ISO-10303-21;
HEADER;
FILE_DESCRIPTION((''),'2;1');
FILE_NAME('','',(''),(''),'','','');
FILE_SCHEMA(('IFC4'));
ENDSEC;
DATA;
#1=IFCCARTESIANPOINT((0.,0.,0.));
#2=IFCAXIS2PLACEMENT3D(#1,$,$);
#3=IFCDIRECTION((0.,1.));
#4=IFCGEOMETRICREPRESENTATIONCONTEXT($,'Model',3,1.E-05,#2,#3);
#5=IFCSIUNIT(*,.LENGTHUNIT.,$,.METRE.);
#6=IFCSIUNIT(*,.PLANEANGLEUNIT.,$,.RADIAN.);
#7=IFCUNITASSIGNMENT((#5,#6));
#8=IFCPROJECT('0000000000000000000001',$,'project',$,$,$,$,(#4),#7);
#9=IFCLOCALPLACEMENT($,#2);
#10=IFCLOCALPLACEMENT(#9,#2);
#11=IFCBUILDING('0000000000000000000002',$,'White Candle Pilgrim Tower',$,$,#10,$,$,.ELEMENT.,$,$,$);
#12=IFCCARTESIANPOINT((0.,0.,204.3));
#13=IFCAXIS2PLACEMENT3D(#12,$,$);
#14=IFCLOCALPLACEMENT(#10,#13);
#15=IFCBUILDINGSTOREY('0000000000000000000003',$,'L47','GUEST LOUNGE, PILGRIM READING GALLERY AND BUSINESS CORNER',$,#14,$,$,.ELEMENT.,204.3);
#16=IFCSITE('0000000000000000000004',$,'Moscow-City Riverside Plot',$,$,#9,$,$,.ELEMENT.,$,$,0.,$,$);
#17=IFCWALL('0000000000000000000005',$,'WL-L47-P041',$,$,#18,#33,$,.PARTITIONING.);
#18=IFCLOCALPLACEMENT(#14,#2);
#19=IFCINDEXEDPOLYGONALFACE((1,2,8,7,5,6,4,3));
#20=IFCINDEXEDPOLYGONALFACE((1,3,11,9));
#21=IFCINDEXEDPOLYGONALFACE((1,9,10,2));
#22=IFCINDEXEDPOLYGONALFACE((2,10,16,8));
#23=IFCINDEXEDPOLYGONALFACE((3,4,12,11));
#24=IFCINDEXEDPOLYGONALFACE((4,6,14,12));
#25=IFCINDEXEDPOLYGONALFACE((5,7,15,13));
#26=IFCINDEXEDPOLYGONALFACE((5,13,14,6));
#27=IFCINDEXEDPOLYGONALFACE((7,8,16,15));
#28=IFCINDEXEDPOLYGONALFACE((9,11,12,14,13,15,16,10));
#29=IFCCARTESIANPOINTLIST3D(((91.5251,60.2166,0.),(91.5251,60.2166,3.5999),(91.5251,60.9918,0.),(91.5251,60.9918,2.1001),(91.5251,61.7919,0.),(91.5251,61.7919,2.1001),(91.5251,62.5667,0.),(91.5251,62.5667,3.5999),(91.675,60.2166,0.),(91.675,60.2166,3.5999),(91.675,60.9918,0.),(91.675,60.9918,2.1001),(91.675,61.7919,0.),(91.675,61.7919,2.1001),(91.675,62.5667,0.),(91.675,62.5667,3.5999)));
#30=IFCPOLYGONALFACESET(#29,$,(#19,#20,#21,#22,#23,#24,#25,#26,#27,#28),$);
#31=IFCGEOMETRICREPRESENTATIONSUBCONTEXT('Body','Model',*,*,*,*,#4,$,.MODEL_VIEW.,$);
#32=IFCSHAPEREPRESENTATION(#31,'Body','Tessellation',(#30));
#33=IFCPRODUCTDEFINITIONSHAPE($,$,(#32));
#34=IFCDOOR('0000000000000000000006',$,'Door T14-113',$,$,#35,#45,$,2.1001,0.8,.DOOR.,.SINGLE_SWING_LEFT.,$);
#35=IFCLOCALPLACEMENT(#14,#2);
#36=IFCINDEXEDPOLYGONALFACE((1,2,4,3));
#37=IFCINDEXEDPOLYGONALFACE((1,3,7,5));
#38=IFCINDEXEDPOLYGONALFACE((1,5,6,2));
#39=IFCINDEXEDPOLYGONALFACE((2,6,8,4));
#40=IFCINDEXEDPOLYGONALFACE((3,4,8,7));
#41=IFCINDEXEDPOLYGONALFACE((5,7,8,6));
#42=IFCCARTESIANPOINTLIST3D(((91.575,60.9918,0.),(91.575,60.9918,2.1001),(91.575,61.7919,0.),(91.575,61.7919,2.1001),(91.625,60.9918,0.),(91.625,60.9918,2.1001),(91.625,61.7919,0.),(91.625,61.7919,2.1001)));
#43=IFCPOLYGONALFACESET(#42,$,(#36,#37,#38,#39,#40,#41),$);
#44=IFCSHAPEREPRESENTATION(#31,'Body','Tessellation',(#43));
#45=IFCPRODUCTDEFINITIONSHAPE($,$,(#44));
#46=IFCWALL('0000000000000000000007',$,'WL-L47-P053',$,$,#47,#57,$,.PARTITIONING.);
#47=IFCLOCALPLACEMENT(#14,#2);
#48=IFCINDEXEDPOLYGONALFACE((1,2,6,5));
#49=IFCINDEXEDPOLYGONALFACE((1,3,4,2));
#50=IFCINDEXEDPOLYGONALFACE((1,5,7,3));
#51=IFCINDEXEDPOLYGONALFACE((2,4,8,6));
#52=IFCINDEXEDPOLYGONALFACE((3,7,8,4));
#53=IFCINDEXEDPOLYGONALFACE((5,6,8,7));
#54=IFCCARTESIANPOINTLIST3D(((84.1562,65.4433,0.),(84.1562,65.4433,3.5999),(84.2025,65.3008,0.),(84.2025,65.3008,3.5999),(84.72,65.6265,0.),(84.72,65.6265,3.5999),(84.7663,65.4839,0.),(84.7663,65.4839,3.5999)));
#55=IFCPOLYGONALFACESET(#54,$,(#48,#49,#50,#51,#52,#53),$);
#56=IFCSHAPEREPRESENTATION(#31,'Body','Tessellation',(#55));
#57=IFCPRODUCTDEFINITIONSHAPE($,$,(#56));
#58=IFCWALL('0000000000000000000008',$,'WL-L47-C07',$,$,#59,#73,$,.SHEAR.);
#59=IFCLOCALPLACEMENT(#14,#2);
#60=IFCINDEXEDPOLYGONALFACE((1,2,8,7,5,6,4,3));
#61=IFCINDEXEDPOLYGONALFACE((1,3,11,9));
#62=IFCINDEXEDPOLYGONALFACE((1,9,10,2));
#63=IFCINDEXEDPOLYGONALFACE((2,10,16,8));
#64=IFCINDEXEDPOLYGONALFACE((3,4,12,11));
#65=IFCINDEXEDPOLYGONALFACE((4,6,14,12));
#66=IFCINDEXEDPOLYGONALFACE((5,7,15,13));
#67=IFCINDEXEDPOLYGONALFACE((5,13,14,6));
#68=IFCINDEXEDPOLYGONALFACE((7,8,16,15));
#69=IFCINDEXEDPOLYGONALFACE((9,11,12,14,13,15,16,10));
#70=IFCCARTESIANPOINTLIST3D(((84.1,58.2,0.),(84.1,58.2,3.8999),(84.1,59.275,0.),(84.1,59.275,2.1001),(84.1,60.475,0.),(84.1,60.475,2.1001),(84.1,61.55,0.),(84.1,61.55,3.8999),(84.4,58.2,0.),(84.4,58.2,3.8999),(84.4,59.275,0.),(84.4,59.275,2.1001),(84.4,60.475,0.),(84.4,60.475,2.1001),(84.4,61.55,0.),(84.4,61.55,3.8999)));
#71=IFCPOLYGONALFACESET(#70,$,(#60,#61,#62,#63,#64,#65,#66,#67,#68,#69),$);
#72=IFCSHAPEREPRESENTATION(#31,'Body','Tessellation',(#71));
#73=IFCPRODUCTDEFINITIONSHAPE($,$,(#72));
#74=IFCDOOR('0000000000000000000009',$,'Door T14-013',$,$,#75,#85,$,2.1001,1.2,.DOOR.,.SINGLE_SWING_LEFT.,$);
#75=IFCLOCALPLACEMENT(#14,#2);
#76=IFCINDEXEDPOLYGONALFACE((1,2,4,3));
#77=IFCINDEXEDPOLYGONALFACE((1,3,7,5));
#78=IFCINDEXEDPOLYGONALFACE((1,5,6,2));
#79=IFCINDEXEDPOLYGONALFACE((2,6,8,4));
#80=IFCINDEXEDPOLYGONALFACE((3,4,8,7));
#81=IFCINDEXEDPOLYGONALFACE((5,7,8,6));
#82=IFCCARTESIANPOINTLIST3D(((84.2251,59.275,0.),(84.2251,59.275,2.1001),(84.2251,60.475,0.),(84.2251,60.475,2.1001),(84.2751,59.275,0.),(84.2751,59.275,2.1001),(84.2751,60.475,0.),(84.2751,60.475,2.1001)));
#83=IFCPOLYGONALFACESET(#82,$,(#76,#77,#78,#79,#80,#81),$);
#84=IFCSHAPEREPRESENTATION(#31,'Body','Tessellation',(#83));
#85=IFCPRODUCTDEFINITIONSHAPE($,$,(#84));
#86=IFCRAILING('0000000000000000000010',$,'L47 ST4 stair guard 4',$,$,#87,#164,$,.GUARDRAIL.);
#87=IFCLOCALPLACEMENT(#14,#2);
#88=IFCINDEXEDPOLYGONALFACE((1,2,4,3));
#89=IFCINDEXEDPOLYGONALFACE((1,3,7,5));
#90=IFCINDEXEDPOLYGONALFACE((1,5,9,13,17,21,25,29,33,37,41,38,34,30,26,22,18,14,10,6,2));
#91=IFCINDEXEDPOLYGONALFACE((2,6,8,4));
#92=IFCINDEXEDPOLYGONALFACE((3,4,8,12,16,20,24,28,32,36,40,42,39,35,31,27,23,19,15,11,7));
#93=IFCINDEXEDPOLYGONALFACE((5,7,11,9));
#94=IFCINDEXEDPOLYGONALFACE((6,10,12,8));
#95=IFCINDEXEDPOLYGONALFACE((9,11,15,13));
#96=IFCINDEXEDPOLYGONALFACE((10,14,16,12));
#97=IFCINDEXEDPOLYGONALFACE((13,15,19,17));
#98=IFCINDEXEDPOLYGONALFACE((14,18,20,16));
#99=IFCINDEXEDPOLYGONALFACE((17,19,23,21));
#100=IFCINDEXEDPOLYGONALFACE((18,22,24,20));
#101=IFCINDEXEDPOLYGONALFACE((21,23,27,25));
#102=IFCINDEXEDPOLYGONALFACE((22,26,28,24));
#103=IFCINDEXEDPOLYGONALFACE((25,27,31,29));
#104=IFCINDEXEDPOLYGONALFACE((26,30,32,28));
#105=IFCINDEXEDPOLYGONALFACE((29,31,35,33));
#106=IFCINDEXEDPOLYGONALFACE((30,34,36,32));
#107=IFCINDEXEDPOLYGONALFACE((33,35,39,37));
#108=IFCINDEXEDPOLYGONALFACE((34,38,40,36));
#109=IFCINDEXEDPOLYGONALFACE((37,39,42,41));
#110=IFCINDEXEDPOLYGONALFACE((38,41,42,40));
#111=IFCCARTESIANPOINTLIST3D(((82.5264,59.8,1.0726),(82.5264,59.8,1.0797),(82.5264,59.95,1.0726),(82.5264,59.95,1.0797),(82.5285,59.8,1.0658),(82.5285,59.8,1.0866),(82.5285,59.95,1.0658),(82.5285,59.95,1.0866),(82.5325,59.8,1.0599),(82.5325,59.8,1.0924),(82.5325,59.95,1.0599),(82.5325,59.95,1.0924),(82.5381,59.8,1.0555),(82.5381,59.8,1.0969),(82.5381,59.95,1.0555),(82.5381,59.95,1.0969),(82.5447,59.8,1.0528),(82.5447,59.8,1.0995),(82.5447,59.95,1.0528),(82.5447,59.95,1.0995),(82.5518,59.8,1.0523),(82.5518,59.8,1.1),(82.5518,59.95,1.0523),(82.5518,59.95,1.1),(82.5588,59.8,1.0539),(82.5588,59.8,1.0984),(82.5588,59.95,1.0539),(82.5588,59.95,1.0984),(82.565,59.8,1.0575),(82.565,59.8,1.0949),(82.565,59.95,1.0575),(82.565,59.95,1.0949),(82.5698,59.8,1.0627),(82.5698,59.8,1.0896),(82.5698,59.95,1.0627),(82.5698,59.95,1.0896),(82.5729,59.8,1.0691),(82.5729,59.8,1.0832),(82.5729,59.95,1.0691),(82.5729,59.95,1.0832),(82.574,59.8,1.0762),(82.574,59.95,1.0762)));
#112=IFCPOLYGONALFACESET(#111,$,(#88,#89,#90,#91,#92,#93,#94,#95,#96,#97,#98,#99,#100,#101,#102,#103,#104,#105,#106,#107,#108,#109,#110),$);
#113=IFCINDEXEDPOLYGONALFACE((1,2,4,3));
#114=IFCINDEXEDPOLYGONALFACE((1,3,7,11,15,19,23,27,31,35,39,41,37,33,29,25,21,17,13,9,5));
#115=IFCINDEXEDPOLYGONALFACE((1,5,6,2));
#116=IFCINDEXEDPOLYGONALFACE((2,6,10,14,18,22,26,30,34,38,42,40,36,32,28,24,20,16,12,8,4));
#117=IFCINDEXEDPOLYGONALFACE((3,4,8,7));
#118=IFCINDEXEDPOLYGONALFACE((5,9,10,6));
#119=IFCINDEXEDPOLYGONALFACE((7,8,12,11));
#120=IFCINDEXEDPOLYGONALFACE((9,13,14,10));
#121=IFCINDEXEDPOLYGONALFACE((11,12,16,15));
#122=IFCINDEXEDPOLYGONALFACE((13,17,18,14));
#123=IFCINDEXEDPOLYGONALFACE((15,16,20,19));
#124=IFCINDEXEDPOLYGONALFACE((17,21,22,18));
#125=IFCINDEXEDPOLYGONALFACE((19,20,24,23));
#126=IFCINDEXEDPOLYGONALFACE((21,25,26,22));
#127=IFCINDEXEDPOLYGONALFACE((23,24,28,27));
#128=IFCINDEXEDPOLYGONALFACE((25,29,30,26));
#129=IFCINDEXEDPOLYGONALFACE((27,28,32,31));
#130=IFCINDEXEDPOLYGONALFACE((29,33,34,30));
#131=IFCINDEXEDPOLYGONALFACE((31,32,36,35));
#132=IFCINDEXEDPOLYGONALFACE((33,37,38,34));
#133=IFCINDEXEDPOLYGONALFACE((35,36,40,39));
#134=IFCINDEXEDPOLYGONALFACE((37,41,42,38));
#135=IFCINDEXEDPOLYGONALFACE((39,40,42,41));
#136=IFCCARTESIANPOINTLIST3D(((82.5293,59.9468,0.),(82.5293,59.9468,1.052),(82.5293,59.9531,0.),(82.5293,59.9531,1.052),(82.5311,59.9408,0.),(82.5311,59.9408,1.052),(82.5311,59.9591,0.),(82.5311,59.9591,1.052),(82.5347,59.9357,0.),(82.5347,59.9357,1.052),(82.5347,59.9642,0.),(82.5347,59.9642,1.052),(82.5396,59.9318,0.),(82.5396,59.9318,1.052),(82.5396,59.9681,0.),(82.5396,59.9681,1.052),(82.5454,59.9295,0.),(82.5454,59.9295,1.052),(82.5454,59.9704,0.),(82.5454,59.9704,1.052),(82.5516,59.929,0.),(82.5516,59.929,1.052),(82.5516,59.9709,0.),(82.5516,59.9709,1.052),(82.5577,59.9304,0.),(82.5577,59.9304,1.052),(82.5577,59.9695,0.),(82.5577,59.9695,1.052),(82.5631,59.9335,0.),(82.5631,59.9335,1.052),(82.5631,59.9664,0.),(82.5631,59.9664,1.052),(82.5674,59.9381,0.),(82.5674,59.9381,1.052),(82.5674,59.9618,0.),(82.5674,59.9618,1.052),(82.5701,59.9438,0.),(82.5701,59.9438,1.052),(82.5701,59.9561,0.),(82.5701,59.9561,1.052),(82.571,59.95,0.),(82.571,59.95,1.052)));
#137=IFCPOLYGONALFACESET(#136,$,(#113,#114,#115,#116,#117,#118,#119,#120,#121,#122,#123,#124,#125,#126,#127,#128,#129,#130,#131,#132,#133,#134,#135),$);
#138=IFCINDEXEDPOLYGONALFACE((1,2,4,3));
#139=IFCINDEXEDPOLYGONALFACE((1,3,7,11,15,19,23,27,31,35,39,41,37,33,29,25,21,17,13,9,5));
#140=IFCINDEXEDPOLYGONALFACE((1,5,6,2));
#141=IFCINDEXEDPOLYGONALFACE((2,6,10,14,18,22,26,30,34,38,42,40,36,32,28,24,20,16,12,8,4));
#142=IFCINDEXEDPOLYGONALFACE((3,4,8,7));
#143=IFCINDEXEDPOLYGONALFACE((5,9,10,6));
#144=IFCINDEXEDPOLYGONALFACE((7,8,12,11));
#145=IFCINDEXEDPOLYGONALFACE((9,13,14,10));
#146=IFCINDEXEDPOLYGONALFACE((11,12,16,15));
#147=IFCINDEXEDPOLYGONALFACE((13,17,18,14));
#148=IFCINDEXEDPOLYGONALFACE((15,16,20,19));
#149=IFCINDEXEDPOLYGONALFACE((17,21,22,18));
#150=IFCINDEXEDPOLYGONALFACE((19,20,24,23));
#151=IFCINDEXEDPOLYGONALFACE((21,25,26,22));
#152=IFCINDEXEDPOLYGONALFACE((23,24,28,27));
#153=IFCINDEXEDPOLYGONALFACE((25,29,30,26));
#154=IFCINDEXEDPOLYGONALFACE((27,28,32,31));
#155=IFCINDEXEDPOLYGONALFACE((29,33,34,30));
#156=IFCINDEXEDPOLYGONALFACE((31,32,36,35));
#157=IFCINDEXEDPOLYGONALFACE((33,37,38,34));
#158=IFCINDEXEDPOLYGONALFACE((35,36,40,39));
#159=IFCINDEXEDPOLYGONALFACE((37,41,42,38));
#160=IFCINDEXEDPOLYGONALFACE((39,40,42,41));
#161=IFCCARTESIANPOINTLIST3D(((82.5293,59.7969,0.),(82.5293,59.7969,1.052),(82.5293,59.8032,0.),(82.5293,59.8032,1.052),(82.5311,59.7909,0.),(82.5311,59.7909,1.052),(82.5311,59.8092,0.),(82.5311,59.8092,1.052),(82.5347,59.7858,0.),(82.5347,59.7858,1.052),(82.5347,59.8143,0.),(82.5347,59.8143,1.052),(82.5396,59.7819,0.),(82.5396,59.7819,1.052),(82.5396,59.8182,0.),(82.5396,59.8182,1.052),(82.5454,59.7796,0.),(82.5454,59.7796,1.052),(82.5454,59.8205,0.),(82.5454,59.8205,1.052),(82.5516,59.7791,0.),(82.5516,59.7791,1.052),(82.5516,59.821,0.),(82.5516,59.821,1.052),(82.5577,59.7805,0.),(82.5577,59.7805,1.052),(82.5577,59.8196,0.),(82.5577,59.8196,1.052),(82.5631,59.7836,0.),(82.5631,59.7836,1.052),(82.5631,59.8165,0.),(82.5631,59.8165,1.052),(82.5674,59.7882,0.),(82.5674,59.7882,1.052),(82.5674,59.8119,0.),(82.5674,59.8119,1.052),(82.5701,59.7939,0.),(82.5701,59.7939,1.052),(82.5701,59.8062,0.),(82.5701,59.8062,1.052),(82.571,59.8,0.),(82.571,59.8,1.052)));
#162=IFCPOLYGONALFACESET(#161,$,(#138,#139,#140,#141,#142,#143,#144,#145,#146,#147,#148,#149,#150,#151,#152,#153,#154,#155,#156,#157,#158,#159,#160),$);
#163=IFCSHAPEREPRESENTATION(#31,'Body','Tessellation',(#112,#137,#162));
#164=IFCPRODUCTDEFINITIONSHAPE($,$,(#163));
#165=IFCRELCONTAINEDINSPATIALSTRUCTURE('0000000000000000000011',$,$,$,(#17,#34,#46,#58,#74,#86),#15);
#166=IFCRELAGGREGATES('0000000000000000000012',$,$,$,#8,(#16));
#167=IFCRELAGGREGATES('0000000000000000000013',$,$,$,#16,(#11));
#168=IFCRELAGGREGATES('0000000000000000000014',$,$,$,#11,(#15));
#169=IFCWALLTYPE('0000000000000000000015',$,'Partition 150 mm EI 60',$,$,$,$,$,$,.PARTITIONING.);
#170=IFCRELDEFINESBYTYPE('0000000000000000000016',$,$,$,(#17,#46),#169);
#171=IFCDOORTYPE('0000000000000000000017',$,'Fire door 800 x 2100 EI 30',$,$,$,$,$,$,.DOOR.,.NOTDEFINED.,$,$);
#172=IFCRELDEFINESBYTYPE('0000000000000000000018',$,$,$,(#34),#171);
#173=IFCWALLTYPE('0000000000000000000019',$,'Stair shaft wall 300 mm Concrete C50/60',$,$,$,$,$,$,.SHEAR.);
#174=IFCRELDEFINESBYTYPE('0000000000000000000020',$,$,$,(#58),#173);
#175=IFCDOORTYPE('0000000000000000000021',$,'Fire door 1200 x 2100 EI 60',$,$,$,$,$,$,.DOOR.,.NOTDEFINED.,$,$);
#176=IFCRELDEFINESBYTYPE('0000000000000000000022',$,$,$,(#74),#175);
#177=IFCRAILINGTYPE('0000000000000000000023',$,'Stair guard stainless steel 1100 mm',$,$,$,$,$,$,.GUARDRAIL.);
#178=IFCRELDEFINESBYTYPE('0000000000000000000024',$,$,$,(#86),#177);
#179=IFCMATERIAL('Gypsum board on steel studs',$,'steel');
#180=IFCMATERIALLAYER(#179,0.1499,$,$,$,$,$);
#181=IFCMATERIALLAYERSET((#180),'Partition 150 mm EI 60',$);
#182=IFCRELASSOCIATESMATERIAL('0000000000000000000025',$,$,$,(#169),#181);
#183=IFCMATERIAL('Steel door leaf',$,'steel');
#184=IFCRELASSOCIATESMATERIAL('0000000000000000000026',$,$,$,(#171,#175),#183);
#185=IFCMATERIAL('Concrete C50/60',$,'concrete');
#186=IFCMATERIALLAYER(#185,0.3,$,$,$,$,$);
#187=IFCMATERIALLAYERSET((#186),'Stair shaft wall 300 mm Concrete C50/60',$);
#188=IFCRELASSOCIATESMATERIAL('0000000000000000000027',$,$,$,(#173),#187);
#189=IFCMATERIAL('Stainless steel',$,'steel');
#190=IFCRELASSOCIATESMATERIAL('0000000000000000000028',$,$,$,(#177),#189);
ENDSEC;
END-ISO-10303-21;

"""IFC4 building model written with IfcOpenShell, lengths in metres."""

from ifc_helpers import new_model, si_unit, direction, frame, frame_2d, origin, origin_2d, place, context, subcontext, project, spatial, rectangle, circle, extrude, material, layer, layer_set, type_object, element, fill, save


model = new_model("IFC4")

# Units and contexts
model_context = context("Model", 3, precision=1e-05, world=origin(), true_north=direction((0.0, 1.0)))
body_context = subcontext(model_context, "Body", "Model", "MODEL_VIEW")
ifc_project = project(units=[si_unit("LENGTHUNIT", "METRE"), si_unit("PLANEANGLEUNIT", "RADIAN")], contexts=[model_context])

# Site, building, storey
site_placement = place(None, origin())
site = spatial("IfcSite", under=ifc_project, at=site_placement, Name="Moscow-City Riverside Plot", CompositionType="ELEMENT", RefElevation=0.0)
building_placement = place(site_placement, origin())
building = spatial("IfcBuilding", under=site, at=building_placement, Name="White Candle Pilgrim Tower", CompositionType="ELEMENT")
storey_placement = place(building_placement, frame((0.0, 0.0, 204.3)))
storey = spatial("IfcBuildingStorey", under=building, at=storey_placement, Name="L47", Description="GUEST LOUNGE, PILGRIM READING GALLERY AND BUSINESS CORNER", CompositionType="ELEMENT", Elevation=204.3)

# Shared definitions
ifc_material_1 = material(Name="Concrete C50/60", Category="concrete")

# Shared definitions
ifc_material_2 = material(Name="Gypsum board on steel studs", Category="steel")
ifc_material_3 = material(Name="Steel door leaf", Category="steel")

# Shared definitions
ifc_layer_1 = layer(ifc_material_2, 0.1499)
ifc_layer_set_1 = layer_set([ifc_layer_1], Name="Partition 150 mm EI 60")
wall_type_1 = type_object("IfcWallType", Name="Partition 150 mm EI 60", PredefinedType="PARTITIONING", material=ifc_layer_set_1)

# Wall, opening, door
wall_1_placement = place(storey_placement, frame((91.6001, 62.5667, 0.0), z_axis=(0.0, 0.0, 1.0), x_axis=(0.0, -1.0, 0.0)))
wall_1 = element("IfcWall", 1, at=wall_1_placement, inside=storey, type_object=wall_type_1, Name="WL-L47-P041", PredefinedType="PARTITIONING", context=body_context, shape_type="SweptSolid", body=[
    extrude(rectangle(XDim=2.3501, YDim=0.1499, at=frame_2d((1.175, 0.0))), origin(), (0.0, 0.0, 1.0), 3.5999),
])
opening_1_placement = place(wall_1_placement, frame((0.7749, 0.0, 0.0)))
opening_1 = element("IfcOpeningElement", 2, at=opening_1_placement, cuts=wall_1, PredefinedType="OPENING", context=body_context, shape_type="SweptSolid", body=[
    extrude(rectangle(XDim=0.8, YDim=2.1001, at=frame_2d((0.3999, 1.05))), frame((0.0, 0.085, 0.0), z_axis=(0.0, -1.0, 0.0), x_axis=(1.0, 0.0, 0.0)), (0.0, 0.0, 1.0), 0.1699),
])
door_type_1 = type_object("IfcDoorType", Name="Fire door 800 x 2100 EI 30", OperationType="NOTDEFINED", PredefinedType="DOOR", material=ifc_material_3)
door_1_placement = place(opening_1_placement, origin())
door_1 = element("IfcDoor", 3, at=door_1_placement, inside=storey, type_object=door_type_1, Name="Door T14-113", OperationType="SINGLE_SWING_LEFT", OverallHeight=2.1001, OverallWidth=0.8, PredefinedType="DOOR", context=body_context, shape_type="SweptSolid", body=[
    extrude(rectangle(XDim=0.8, YDim=2.1001, at=frame_2d((0.3999, 1.05))), frame((0.0, 0.0249, 0.0), z_axis=(0.0, -1.0, 0.0), x_axis=(1.0, 0.0, 0.0)), (0.0, 0.0, 1.0), 0.05),
])
fill(opening_1, door_1)

# Wall
wall_2_placement = place(storey_placement, frame((84.7432, 65.5552, 0.0), z_axis=(0.0, 0.0, 1.0), x_axis=(-0.951086, -0.308928, 0.0)))
element("IfcWall", 4, at=wall_2_placement, inside=storey, type_object=wall_type_1, Name="WL-L47-P053", PredefinedType="PARTITIONING", context=body_context, shape_type="SweptSolid", body=[
    extrude(rectangle(XDim=0.5928, YDim=0.1499, at=frame_2d((0.2964, 0.0))), origin(), (0.0, 0.0, 1.0), 3.5999),
])

# Wall, opening, door
ifc_layer_2 = layer(ifc_material_1, 0.3)
ifc_layer_set_2 = layer_set([ifc_layer_2], Name="Stair shaft wall 300 mm Concrete C50/60")
wall_type_2 = type_object("IfcWallType", Name="Stair shaft wall 300 mm Concrete C50/60", PredefinedType="SHEAR", material=ifc_layer_set_2)
wall_3_placement = place(storey_placement, frame((84.25, 58.2, 0.0), z_axis=(0.0, 0.0, 1.0), x_axis=(0.0, 1.0, 0.0)))
wall_3 = element("IfcWall", 5, at=wall_3_placement, inside=storey, type_object=wall_type_2, Name="WL-L47-C07", PredefinedType="SHEAR", context=body_context, shape_type="SweptSolid", body=[
    extrude(rectangle(XDim=3.3501, YDim=0.3, at=frame_2d((1.675, 0.0))), origin(), (0.0, 0.0, 1.0), 3.8999),
])
opening_2_placement = place(wall_3_placement, frame((1.075, 0.0, 0.0)))
opening_2 = element("IfcOpeningElement", 6, at=opening_2_placement, cuts=wall_3, PredefinedType="OPENING", context=body_context, shape_type="SweptSolid", body=[
    extrude(rectangle(XDim=1.2, YDim=2.1001, at=frame_2d((0.6001, 1.05))), frame((0.0, 0.1599, 0.0), z_axis=(0.0, -1.0, 0.0), x_axis=(1.0, 0.0, 0.0)), (0.0, 0.0, 1.0), 0.3201),
])
door_type_2 = type_object("IfcDoorType", Name="Fire door 1200 x 2100 EI 60", OperationType="NOTDEFINED", PredefinedType="DOOR", material=ifc_material_3)
door_2_placement = place(opening_2_placement, origin())
door_2 = element("IfcDoor", 7, at=door_2_placement, inside=storey, type_object=door_type_2, Name="Door T14-013", OperationType="SINGLE_SWING_LEFT", OverallHeight=2.1001, OverallWidth=1.2, PredefinedType="DOOR", context=body_context, shape_type="SweptSolid", body=[
    extrude(rectangle(XDim=1.2, YDim=2.1001, at=frame_2d((0.6001, 1.05))), frame((0.0, 0.0249, 0.0), z_axis=(0.0, -1.0, 0.0), x_axis=(1.0, 0.0, 0.0)), (0.0, 0.0, 1.0), 0.05),
])
fill(opening_2, door_2)

# Railing
ifc_material_4 = material(Name="Stainless steel", Category="steel")
railing_type = type_object("IfcRailingType", Name="Stair guard stainless steel 1100 mm", PredefinedType="GUARDRAIL", material=ifc_material_4)
railing_placement = place(storey_placement, frame((82.55, 59.95, 0.0)))
element("IfcRailing", 8, at=railing_placement, inside=storey, type_object=railing_type, Name="L47 ST4 stair guard 4", PredefinedType="GUARDRAIL", context=body_context, shape_type="SweptSolid", body=[
    extrude(circle(Radius=0.0239, at=origin_2d()), frame((0.0, 0.0, 1.0762), z_axis=(0.0, -1.0, 0.0), x_axis=(1.0, 0.0, 0.0)), (0.0, 0.0, 1.0), 0.1499),
    extrude(circle(Radius=0.021, at=origin_2d()), origin(), (0.0, 0.0, 1.0), 1.052),
    extrude(circle(Radius=0.021, at=origin_2d()), frame((0.0, -0.1499, 0.0)), (0.0, 0.0, 1.0), 1.052),
])

save(model, "model.ifc")
